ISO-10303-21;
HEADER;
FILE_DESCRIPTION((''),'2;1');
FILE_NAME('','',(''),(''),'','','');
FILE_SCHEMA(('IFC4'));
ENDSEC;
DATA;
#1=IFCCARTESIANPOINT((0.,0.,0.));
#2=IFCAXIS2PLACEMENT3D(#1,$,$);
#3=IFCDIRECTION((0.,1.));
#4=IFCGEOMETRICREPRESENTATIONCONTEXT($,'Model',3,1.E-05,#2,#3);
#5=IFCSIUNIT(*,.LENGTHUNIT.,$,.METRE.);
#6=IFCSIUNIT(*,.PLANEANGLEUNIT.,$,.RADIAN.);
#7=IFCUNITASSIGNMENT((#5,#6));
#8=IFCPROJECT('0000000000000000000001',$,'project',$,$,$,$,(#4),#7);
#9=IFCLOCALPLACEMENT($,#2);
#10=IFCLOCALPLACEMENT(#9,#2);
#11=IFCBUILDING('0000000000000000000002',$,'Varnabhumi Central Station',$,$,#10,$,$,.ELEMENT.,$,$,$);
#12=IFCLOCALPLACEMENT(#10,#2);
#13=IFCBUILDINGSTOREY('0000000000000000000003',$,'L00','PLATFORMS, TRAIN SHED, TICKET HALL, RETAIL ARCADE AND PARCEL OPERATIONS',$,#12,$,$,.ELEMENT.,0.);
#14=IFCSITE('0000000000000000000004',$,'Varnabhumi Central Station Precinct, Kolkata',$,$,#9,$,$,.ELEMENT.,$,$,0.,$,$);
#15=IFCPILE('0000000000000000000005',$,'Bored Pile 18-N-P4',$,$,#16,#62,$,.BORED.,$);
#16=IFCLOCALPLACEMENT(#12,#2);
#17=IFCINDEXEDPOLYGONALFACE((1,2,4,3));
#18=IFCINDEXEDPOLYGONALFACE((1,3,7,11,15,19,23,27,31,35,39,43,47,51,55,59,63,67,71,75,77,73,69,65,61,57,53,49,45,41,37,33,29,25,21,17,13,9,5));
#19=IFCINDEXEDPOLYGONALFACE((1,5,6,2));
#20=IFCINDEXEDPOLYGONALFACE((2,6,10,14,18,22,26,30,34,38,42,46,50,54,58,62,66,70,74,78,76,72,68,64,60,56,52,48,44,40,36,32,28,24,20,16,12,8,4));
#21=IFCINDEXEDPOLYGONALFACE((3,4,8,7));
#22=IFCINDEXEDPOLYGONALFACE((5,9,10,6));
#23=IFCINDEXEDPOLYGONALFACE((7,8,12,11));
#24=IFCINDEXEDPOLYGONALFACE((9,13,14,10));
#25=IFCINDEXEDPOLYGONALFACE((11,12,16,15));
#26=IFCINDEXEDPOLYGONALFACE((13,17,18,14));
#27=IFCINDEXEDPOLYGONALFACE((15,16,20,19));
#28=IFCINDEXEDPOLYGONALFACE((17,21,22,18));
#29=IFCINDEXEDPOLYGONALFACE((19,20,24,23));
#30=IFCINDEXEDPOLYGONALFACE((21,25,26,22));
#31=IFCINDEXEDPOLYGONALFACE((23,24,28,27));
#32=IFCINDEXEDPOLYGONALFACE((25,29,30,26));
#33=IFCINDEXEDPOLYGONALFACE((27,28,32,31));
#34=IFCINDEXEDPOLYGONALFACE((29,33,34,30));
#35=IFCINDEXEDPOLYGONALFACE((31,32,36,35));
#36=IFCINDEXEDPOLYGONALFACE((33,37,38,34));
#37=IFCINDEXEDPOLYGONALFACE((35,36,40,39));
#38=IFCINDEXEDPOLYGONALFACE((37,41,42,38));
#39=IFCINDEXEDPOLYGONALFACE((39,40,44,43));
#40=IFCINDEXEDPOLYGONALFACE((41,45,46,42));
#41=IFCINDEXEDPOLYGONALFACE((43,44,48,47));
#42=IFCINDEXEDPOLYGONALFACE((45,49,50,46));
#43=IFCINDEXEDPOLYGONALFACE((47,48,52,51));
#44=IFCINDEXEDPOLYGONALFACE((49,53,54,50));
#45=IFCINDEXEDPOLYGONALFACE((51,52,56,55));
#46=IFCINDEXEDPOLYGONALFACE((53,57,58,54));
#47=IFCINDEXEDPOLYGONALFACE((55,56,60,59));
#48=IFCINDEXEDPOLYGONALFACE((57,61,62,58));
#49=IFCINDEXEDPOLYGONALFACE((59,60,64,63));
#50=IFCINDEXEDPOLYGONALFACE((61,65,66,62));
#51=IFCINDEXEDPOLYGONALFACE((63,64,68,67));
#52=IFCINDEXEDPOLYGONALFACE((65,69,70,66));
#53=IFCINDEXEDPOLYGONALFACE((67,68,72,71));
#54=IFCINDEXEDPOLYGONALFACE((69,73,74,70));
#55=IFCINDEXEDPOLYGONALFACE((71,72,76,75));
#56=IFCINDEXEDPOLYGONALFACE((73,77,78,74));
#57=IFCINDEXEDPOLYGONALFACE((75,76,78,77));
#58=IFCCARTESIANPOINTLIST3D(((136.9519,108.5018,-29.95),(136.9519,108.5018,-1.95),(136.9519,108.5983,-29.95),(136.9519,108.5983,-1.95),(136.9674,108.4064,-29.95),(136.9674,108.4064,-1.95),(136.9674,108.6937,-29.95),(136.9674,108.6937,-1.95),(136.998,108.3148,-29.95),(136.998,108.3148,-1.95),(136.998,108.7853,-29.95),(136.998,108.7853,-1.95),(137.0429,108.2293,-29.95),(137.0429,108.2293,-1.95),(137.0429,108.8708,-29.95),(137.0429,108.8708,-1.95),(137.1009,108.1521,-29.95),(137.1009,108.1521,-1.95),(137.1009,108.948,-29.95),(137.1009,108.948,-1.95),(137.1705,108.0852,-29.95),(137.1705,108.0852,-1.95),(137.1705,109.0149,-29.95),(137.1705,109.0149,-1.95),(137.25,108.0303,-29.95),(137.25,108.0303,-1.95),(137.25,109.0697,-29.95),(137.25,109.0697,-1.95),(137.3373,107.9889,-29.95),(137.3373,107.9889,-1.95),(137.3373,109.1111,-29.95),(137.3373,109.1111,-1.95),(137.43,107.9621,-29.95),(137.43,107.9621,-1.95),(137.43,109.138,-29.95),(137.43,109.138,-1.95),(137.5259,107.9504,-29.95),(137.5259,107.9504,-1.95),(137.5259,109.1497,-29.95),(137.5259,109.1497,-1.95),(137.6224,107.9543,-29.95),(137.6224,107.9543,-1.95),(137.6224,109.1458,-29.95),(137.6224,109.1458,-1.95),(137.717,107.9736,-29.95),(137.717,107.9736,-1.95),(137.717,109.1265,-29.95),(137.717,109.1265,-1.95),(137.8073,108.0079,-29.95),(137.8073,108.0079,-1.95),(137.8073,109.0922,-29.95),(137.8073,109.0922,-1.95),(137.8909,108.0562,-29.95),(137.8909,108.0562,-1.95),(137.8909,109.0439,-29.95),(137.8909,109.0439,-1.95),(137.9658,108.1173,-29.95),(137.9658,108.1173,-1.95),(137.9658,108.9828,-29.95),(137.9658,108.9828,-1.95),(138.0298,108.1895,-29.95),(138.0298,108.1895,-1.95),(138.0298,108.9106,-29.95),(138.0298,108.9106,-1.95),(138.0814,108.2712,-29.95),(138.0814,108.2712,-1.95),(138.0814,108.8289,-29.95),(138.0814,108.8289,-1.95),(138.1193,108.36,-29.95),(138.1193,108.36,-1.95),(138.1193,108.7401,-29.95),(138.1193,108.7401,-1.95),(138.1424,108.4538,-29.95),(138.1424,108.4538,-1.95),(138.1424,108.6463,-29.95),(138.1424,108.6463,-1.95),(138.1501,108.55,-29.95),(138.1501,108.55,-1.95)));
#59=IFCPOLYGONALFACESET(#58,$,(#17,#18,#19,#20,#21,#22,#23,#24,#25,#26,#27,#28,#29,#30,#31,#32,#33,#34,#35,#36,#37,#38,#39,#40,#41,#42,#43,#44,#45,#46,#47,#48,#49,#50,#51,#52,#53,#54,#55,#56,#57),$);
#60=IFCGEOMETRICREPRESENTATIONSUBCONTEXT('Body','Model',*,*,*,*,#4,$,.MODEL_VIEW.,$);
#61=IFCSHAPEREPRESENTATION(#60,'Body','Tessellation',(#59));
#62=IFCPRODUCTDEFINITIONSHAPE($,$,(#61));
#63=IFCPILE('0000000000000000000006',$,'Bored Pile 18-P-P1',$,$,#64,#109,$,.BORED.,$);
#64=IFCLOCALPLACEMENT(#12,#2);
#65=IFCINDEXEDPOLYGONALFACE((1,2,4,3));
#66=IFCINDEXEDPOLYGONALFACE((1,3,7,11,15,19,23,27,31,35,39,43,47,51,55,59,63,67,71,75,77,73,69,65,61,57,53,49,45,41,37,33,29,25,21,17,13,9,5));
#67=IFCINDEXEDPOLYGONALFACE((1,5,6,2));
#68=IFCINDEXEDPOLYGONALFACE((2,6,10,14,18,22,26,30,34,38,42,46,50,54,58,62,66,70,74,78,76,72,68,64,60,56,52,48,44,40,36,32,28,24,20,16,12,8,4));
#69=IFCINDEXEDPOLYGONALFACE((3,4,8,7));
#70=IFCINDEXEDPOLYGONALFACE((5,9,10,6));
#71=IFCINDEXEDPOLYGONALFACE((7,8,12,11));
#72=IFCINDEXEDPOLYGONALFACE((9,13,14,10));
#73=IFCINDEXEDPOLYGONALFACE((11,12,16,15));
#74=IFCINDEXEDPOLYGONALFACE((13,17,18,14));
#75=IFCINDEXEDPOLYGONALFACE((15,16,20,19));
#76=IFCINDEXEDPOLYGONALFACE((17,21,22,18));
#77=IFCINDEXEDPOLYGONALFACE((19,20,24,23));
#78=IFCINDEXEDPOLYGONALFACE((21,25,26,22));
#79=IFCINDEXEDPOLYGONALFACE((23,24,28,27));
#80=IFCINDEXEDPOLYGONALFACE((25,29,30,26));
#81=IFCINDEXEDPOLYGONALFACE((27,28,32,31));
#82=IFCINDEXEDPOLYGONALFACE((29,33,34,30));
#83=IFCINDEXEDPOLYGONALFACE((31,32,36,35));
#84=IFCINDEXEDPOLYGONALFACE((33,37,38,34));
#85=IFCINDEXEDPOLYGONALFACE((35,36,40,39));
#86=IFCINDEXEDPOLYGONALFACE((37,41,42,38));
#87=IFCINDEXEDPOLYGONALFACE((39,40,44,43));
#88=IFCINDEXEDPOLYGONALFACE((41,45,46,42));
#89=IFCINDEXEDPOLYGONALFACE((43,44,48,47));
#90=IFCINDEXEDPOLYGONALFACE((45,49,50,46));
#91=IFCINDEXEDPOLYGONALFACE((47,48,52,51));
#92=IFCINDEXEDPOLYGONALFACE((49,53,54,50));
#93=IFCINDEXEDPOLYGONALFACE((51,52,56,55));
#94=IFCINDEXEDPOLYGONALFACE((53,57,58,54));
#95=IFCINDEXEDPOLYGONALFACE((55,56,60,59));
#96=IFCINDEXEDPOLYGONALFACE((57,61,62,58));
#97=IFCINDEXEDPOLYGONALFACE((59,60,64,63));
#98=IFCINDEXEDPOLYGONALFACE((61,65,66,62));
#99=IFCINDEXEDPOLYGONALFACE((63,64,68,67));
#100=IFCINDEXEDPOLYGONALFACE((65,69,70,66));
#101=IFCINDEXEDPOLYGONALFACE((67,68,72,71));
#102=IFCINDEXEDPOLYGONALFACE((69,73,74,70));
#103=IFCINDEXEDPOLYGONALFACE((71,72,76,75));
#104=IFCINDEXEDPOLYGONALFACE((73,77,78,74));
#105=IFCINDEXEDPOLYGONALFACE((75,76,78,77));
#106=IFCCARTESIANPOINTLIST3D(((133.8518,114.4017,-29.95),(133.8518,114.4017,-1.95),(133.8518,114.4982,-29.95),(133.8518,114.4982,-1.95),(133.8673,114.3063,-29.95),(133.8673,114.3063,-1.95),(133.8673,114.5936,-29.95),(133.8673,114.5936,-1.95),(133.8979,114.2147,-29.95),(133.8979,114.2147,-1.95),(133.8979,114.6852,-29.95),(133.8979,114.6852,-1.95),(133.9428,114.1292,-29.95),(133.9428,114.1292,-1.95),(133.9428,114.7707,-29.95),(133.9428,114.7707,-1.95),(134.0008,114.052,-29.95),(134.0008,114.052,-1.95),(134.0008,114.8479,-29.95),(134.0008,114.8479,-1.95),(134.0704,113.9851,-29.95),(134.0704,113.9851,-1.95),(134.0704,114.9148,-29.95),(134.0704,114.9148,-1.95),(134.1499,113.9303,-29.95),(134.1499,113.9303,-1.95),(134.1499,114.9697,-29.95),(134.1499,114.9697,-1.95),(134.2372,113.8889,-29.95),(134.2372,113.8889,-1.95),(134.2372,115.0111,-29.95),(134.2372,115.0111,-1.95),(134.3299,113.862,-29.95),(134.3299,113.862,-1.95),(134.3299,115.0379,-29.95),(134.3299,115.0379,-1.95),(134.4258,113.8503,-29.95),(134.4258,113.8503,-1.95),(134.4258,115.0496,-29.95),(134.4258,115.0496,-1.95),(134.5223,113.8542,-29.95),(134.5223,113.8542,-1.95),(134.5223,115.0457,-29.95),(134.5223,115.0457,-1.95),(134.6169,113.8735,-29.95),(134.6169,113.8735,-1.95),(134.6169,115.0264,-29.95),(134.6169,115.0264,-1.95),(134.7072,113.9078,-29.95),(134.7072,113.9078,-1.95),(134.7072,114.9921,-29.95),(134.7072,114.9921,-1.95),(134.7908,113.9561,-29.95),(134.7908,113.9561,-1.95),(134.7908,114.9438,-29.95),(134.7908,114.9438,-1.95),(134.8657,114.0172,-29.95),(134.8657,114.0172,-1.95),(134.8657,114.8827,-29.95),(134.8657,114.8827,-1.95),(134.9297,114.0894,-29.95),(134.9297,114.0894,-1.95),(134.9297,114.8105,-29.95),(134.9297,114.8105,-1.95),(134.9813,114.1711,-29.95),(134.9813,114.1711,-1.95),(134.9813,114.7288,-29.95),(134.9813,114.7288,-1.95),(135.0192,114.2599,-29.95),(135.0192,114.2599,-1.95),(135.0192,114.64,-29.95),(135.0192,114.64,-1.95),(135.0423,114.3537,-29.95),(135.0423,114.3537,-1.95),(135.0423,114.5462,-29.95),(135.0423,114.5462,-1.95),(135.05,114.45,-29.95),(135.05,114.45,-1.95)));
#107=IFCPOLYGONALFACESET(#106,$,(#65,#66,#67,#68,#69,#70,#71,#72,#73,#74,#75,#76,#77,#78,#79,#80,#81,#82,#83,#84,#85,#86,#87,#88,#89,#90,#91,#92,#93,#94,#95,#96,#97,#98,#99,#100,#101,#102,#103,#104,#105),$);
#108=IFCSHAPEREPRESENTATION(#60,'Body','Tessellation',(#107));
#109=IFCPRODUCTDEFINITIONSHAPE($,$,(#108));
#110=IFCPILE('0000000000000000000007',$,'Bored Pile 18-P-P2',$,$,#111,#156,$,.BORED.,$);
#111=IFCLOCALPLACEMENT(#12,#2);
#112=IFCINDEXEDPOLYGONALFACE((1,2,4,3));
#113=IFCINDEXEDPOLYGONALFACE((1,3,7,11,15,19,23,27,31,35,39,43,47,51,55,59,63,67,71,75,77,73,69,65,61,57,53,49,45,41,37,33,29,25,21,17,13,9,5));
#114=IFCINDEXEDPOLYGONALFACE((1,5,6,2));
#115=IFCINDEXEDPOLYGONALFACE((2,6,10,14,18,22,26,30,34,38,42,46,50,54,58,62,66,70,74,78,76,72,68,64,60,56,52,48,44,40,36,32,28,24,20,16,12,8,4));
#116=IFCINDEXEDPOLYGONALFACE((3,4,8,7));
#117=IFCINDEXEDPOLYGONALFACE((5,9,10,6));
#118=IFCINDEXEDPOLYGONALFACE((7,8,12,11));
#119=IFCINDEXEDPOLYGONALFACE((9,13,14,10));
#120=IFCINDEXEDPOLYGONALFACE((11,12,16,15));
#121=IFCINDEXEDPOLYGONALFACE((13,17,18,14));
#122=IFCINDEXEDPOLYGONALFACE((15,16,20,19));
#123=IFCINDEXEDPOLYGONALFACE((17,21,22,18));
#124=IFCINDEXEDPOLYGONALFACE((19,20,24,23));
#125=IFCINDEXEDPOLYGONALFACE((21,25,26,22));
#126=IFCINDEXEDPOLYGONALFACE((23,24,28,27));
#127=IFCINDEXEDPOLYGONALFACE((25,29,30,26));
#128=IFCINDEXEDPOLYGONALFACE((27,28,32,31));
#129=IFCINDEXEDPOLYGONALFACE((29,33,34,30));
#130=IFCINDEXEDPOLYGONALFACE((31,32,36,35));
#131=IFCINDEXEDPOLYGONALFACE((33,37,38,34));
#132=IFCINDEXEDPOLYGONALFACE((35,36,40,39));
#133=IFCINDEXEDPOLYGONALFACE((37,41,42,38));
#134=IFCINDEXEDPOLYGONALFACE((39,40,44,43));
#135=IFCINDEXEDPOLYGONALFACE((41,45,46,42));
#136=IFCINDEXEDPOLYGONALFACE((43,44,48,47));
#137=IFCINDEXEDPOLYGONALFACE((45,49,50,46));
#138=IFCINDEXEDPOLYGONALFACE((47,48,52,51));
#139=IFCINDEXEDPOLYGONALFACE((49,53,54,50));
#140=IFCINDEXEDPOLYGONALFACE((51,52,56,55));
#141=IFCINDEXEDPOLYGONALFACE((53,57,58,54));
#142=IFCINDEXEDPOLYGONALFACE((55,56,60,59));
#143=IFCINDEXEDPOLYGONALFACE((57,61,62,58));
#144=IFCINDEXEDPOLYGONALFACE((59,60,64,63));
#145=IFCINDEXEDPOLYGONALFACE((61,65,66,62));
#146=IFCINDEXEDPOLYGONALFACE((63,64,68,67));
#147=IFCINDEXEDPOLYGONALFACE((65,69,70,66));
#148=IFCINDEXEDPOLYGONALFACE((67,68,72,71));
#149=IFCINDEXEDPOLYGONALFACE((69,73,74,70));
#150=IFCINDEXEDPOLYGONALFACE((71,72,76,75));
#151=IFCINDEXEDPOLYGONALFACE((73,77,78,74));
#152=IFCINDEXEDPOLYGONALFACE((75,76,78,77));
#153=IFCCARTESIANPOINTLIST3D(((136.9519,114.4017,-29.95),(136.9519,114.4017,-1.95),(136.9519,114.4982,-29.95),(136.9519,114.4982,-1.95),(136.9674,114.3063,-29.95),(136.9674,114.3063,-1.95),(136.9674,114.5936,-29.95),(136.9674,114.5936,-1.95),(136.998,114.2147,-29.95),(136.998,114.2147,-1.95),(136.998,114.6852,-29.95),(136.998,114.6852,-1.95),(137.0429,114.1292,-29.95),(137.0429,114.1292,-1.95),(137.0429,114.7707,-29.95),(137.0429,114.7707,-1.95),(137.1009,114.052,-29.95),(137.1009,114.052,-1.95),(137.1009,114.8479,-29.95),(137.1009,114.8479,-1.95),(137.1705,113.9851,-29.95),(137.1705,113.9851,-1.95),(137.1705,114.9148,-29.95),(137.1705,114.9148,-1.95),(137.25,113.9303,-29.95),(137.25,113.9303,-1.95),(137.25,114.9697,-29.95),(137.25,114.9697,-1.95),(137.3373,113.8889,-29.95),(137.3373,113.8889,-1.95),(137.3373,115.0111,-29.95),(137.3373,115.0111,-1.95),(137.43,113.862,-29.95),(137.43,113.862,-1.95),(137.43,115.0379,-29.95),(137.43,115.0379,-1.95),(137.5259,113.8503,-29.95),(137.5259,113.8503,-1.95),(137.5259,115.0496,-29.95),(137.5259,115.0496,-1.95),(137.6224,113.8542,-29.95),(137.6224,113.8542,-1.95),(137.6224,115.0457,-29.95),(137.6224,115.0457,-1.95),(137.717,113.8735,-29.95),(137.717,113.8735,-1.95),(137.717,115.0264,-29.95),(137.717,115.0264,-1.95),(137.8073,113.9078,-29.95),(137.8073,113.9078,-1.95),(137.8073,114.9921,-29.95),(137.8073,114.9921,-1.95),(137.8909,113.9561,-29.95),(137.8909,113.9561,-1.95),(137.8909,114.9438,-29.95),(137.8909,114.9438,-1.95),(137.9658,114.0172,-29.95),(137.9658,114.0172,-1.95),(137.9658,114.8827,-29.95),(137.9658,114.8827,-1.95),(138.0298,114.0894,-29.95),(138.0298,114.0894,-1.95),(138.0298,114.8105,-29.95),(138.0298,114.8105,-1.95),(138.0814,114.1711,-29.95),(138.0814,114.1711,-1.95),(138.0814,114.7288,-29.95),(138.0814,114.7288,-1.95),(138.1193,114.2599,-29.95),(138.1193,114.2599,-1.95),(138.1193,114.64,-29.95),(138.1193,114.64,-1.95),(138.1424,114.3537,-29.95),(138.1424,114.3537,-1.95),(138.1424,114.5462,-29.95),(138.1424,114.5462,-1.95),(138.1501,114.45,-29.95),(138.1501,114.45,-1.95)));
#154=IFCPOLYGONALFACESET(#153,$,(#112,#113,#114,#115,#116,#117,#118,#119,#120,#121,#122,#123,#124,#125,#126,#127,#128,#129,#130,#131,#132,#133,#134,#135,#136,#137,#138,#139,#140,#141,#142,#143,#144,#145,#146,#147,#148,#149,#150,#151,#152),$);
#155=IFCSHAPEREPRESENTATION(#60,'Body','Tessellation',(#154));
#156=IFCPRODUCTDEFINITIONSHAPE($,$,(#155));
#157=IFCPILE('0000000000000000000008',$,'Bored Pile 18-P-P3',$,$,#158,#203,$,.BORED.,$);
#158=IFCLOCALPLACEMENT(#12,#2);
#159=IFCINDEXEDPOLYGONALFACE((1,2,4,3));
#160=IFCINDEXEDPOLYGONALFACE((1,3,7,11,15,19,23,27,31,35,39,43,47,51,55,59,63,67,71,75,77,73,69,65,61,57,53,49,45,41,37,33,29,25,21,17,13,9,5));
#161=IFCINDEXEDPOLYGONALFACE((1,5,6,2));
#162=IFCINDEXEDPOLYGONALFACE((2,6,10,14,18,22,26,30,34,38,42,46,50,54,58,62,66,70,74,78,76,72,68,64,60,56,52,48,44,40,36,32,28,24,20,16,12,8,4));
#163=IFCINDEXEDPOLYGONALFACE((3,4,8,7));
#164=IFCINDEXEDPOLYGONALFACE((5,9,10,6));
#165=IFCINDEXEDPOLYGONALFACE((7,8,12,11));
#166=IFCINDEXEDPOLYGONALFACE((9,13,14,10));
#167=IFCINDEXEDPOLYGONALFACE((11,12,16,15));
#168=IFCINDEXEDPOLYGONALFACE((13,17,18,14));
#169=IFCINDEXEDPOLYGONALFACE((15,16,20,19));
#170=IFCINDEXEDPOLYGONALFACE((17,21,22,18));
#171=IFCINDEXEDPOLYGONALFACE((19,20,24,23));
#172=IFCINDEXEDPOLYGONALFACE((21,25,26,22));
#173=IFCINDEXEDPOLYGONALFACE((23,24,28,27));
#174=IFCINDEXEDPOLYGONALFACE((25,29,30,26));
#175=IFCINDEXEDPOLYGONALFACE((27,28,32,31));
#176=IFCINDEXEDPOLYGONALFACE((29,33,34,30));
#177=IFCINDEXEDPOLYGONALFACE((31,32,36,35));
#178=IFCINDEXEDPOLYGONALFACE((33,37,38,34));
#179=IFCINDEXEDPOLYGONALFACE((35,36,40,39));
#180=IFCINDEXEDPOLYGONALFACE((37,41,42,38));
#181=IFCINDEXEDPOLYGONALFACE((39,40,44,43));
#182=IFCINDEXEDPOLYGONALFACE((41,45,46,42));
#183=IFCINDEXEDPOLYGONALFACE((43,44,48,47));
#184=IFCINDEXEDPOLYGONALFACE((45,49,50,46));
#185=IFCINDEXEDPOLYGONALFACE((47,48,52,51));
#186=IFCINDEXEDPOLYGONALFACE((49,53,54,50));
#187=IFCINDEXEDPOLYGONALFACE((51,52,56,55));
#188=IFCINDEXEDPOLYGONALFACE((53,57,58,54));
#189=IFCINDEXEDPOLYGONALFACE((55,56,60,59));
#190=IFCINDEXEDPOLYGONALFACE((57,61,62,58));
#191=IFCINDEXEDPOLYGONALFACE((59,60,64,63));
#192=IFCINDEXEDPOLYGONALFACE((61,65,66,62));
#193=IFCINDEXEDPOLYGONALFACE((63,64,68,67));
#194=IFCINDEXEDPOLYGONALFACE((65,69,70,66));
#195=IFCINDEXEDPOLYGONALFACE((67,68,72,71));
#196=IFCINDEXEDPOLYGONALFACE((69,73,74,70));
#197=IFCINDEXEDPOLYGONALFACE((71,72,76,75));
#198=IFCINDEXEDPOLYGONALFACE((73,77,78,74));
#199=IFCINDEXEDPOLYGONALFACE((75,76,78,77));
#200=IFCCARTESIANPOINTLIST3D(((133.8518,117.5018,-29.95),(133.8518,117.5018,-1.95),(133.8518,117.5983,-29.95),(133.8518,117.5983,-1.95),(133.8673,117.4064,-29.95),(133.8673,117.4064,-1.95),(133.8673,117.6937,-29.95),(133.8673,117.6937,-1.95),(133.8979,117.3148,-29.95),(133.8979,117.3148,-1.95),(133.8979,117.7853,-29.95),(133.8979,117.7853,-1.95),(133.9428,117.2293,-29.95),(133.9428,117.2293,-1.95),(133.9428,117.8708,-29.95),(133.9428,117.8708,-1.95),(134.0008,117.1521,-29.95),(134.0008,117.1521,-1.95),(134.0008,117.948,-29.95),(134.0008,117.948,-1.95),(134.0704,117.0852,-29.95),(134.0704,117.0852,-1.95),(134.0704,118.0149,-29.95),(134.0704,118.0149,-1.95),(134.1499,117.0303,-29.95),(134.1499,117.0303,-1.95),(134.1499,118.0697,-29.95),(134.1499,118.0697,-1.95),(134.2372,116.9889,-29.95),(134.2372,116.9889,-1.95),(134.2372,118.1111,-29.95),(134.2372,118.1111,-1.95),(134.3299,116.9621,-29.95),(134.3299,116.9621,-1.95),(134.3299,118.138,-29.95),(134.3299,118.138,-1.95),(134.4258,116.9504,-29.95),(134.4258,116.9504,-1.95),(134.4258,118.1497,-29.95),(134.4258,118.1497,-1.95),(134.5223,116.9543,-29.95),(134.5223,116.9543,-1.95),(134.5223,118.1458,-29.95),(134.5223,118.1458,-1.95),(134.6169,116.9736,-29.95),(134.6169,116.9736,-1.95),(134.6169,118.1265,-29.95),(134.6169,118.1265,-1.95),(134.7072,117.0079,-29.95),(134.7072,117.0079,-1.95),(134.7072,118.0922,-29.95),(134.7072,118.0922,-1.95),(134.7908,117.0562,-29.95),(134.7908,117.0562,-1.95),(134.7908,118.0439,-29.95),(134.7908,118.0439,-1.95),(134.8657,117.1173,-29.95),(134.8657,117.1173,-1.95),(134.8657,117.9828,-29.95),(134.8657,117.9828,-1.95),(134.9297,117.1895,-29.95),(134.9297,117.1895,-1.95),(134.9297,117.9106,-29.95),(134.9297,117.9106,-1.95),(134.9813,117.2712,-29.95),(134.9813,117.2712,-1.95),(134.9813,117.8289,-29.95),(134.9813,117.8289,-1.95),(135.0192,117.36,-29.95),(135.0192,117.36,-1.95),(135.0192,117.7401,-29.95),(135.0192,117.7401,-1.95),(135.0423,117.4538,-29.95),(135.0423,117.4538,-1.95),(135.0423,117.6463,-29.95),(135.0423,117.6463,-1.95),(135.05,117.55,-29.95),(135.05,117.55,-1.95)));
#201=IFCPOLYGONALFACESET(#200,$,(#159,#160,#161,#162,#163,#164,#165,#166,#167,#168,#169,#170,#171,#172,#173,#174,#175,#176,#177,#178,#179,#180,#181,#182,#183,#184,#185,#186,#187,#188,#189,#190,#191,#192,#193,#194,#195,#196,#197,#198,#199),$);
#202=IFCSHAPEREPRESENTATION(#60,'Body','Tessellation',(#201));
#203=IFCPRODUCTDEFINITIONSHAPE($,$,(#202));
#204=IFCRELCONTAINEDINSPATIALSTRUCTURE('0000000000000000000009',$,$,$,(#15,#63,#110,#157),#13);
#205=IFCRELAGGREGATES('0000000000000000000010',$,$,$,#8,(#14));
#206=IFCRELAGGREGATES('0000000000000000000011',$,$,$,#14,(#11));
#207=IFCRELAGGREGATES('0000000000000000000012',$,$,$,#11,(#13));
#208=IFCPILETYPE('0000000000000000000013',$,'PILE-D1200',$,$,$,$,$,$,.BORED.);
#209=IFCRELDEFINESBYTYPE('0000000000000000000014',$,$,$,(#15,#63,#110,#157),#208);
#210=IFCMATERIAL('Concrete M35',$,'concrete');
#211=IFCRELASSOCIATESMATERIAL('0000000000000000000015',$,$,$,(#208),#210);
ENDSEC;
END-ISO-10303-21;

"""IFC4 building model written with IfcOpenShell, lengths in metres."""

from ifc_helpers import new_model, si_unit, direction, frame, origin, origin_2d, place, context, subcontext, project, spatial, circle, extrude, material, material_profile, profile_set, type_object, element, save


model = new_model("IFC4")

# Units and contexts
model_context = context("Model", 3, precision=1e-05, world=origin(), true_north=direction((0.0, 1.0)))
body_context = subcontext(model_context, "Body", "Model", "MODEL_VIEW")
ifc_project = project(units=[si_unit("LENGTHUNIT", "METRE"), si_unit("PLANEANGLEUNIT", "RADIAN")], contexts=[model_context])

# Site, building, storey
site_placement = place(None, origin())
site = spatial("IfcSite", under=ifc_project, at=site_placement, Name="Varnabhumi Central Station Precinct, Kolkata", CompositionType="ELEMENT", RefElevation=0.0)
building_placement = place(site_placement, origin())
building = spatial("IfcBuilding", under=site, at=building_placement, Name="Varnabhumi Central Station", CompositionType="ELEMENT")
storey_placement = place(building_placement, origin())
storey = spatial("IfcBuildingStorey", under=building, at=storey_placement, Name="L00", Description="PLATFORMS, TRAIN SHED, TICKET HALL, RETAIL ARCADE AND PARCEL OPERATIONS", CompositionType="ELEMENT", Elevation=0.0)

# Piles
ifc_material_1 = material(Name="Concrete M35", Category="concrete")
ifc_material_profile_1 = material_profile(ifc_material_1, circle(Radius=0.6001, at=origin_2d()), Name="Concrete M35", Category="concrete")
ifc_profile_set_1 = profile_set([ifc_material_profile_1], Name="Concrete M35")
pile_type_1 = type_object("IfcPileType", Name="PILE-D1200", PredefinedType="BORED", material=ifc_profile_set_1)
for number, where, z_axis, x_axis, name in (
    (1, (137.55, 108.55, -1.95), (0.0, 0.0, -1.0), (1.0, 0.0, 0.0), "Bored Pile 18-N-P4"),
    (2, (134.45, 114.45, -1.95), (0.0, 0.0, -1.0), (1.0, 0.0, 0.0), "Bored Pile 18-P-P1"),
    (3, (137.55, 114.45, -1.95), (0.0, 0.0, -1.0), (1.0, 0.0, 0.0), "Bored Pile 18-P-P2"),
    (4, (134.45, 117.55, -1.95), (0.0, 0.0, -1.0), (1.0, 0.0, 0.0), "Bored Pile 18-P-P3"),
):
    element("IfcPile", number, at=place(storey_placement, frame(where, z_axis=z_axis, x_axis=x_axis)), inside=storey, type_object=pile_type_1, Name=name, PredefinedType="BORED", context=body_context, shape_type="SweptSolid", body=[
        extrude(circle(Radius=0.6001, at=origin_2d()), origin(), (0.0, 0.0, 1.0), 28.0),
    ])

save(model, "model.ifc")
